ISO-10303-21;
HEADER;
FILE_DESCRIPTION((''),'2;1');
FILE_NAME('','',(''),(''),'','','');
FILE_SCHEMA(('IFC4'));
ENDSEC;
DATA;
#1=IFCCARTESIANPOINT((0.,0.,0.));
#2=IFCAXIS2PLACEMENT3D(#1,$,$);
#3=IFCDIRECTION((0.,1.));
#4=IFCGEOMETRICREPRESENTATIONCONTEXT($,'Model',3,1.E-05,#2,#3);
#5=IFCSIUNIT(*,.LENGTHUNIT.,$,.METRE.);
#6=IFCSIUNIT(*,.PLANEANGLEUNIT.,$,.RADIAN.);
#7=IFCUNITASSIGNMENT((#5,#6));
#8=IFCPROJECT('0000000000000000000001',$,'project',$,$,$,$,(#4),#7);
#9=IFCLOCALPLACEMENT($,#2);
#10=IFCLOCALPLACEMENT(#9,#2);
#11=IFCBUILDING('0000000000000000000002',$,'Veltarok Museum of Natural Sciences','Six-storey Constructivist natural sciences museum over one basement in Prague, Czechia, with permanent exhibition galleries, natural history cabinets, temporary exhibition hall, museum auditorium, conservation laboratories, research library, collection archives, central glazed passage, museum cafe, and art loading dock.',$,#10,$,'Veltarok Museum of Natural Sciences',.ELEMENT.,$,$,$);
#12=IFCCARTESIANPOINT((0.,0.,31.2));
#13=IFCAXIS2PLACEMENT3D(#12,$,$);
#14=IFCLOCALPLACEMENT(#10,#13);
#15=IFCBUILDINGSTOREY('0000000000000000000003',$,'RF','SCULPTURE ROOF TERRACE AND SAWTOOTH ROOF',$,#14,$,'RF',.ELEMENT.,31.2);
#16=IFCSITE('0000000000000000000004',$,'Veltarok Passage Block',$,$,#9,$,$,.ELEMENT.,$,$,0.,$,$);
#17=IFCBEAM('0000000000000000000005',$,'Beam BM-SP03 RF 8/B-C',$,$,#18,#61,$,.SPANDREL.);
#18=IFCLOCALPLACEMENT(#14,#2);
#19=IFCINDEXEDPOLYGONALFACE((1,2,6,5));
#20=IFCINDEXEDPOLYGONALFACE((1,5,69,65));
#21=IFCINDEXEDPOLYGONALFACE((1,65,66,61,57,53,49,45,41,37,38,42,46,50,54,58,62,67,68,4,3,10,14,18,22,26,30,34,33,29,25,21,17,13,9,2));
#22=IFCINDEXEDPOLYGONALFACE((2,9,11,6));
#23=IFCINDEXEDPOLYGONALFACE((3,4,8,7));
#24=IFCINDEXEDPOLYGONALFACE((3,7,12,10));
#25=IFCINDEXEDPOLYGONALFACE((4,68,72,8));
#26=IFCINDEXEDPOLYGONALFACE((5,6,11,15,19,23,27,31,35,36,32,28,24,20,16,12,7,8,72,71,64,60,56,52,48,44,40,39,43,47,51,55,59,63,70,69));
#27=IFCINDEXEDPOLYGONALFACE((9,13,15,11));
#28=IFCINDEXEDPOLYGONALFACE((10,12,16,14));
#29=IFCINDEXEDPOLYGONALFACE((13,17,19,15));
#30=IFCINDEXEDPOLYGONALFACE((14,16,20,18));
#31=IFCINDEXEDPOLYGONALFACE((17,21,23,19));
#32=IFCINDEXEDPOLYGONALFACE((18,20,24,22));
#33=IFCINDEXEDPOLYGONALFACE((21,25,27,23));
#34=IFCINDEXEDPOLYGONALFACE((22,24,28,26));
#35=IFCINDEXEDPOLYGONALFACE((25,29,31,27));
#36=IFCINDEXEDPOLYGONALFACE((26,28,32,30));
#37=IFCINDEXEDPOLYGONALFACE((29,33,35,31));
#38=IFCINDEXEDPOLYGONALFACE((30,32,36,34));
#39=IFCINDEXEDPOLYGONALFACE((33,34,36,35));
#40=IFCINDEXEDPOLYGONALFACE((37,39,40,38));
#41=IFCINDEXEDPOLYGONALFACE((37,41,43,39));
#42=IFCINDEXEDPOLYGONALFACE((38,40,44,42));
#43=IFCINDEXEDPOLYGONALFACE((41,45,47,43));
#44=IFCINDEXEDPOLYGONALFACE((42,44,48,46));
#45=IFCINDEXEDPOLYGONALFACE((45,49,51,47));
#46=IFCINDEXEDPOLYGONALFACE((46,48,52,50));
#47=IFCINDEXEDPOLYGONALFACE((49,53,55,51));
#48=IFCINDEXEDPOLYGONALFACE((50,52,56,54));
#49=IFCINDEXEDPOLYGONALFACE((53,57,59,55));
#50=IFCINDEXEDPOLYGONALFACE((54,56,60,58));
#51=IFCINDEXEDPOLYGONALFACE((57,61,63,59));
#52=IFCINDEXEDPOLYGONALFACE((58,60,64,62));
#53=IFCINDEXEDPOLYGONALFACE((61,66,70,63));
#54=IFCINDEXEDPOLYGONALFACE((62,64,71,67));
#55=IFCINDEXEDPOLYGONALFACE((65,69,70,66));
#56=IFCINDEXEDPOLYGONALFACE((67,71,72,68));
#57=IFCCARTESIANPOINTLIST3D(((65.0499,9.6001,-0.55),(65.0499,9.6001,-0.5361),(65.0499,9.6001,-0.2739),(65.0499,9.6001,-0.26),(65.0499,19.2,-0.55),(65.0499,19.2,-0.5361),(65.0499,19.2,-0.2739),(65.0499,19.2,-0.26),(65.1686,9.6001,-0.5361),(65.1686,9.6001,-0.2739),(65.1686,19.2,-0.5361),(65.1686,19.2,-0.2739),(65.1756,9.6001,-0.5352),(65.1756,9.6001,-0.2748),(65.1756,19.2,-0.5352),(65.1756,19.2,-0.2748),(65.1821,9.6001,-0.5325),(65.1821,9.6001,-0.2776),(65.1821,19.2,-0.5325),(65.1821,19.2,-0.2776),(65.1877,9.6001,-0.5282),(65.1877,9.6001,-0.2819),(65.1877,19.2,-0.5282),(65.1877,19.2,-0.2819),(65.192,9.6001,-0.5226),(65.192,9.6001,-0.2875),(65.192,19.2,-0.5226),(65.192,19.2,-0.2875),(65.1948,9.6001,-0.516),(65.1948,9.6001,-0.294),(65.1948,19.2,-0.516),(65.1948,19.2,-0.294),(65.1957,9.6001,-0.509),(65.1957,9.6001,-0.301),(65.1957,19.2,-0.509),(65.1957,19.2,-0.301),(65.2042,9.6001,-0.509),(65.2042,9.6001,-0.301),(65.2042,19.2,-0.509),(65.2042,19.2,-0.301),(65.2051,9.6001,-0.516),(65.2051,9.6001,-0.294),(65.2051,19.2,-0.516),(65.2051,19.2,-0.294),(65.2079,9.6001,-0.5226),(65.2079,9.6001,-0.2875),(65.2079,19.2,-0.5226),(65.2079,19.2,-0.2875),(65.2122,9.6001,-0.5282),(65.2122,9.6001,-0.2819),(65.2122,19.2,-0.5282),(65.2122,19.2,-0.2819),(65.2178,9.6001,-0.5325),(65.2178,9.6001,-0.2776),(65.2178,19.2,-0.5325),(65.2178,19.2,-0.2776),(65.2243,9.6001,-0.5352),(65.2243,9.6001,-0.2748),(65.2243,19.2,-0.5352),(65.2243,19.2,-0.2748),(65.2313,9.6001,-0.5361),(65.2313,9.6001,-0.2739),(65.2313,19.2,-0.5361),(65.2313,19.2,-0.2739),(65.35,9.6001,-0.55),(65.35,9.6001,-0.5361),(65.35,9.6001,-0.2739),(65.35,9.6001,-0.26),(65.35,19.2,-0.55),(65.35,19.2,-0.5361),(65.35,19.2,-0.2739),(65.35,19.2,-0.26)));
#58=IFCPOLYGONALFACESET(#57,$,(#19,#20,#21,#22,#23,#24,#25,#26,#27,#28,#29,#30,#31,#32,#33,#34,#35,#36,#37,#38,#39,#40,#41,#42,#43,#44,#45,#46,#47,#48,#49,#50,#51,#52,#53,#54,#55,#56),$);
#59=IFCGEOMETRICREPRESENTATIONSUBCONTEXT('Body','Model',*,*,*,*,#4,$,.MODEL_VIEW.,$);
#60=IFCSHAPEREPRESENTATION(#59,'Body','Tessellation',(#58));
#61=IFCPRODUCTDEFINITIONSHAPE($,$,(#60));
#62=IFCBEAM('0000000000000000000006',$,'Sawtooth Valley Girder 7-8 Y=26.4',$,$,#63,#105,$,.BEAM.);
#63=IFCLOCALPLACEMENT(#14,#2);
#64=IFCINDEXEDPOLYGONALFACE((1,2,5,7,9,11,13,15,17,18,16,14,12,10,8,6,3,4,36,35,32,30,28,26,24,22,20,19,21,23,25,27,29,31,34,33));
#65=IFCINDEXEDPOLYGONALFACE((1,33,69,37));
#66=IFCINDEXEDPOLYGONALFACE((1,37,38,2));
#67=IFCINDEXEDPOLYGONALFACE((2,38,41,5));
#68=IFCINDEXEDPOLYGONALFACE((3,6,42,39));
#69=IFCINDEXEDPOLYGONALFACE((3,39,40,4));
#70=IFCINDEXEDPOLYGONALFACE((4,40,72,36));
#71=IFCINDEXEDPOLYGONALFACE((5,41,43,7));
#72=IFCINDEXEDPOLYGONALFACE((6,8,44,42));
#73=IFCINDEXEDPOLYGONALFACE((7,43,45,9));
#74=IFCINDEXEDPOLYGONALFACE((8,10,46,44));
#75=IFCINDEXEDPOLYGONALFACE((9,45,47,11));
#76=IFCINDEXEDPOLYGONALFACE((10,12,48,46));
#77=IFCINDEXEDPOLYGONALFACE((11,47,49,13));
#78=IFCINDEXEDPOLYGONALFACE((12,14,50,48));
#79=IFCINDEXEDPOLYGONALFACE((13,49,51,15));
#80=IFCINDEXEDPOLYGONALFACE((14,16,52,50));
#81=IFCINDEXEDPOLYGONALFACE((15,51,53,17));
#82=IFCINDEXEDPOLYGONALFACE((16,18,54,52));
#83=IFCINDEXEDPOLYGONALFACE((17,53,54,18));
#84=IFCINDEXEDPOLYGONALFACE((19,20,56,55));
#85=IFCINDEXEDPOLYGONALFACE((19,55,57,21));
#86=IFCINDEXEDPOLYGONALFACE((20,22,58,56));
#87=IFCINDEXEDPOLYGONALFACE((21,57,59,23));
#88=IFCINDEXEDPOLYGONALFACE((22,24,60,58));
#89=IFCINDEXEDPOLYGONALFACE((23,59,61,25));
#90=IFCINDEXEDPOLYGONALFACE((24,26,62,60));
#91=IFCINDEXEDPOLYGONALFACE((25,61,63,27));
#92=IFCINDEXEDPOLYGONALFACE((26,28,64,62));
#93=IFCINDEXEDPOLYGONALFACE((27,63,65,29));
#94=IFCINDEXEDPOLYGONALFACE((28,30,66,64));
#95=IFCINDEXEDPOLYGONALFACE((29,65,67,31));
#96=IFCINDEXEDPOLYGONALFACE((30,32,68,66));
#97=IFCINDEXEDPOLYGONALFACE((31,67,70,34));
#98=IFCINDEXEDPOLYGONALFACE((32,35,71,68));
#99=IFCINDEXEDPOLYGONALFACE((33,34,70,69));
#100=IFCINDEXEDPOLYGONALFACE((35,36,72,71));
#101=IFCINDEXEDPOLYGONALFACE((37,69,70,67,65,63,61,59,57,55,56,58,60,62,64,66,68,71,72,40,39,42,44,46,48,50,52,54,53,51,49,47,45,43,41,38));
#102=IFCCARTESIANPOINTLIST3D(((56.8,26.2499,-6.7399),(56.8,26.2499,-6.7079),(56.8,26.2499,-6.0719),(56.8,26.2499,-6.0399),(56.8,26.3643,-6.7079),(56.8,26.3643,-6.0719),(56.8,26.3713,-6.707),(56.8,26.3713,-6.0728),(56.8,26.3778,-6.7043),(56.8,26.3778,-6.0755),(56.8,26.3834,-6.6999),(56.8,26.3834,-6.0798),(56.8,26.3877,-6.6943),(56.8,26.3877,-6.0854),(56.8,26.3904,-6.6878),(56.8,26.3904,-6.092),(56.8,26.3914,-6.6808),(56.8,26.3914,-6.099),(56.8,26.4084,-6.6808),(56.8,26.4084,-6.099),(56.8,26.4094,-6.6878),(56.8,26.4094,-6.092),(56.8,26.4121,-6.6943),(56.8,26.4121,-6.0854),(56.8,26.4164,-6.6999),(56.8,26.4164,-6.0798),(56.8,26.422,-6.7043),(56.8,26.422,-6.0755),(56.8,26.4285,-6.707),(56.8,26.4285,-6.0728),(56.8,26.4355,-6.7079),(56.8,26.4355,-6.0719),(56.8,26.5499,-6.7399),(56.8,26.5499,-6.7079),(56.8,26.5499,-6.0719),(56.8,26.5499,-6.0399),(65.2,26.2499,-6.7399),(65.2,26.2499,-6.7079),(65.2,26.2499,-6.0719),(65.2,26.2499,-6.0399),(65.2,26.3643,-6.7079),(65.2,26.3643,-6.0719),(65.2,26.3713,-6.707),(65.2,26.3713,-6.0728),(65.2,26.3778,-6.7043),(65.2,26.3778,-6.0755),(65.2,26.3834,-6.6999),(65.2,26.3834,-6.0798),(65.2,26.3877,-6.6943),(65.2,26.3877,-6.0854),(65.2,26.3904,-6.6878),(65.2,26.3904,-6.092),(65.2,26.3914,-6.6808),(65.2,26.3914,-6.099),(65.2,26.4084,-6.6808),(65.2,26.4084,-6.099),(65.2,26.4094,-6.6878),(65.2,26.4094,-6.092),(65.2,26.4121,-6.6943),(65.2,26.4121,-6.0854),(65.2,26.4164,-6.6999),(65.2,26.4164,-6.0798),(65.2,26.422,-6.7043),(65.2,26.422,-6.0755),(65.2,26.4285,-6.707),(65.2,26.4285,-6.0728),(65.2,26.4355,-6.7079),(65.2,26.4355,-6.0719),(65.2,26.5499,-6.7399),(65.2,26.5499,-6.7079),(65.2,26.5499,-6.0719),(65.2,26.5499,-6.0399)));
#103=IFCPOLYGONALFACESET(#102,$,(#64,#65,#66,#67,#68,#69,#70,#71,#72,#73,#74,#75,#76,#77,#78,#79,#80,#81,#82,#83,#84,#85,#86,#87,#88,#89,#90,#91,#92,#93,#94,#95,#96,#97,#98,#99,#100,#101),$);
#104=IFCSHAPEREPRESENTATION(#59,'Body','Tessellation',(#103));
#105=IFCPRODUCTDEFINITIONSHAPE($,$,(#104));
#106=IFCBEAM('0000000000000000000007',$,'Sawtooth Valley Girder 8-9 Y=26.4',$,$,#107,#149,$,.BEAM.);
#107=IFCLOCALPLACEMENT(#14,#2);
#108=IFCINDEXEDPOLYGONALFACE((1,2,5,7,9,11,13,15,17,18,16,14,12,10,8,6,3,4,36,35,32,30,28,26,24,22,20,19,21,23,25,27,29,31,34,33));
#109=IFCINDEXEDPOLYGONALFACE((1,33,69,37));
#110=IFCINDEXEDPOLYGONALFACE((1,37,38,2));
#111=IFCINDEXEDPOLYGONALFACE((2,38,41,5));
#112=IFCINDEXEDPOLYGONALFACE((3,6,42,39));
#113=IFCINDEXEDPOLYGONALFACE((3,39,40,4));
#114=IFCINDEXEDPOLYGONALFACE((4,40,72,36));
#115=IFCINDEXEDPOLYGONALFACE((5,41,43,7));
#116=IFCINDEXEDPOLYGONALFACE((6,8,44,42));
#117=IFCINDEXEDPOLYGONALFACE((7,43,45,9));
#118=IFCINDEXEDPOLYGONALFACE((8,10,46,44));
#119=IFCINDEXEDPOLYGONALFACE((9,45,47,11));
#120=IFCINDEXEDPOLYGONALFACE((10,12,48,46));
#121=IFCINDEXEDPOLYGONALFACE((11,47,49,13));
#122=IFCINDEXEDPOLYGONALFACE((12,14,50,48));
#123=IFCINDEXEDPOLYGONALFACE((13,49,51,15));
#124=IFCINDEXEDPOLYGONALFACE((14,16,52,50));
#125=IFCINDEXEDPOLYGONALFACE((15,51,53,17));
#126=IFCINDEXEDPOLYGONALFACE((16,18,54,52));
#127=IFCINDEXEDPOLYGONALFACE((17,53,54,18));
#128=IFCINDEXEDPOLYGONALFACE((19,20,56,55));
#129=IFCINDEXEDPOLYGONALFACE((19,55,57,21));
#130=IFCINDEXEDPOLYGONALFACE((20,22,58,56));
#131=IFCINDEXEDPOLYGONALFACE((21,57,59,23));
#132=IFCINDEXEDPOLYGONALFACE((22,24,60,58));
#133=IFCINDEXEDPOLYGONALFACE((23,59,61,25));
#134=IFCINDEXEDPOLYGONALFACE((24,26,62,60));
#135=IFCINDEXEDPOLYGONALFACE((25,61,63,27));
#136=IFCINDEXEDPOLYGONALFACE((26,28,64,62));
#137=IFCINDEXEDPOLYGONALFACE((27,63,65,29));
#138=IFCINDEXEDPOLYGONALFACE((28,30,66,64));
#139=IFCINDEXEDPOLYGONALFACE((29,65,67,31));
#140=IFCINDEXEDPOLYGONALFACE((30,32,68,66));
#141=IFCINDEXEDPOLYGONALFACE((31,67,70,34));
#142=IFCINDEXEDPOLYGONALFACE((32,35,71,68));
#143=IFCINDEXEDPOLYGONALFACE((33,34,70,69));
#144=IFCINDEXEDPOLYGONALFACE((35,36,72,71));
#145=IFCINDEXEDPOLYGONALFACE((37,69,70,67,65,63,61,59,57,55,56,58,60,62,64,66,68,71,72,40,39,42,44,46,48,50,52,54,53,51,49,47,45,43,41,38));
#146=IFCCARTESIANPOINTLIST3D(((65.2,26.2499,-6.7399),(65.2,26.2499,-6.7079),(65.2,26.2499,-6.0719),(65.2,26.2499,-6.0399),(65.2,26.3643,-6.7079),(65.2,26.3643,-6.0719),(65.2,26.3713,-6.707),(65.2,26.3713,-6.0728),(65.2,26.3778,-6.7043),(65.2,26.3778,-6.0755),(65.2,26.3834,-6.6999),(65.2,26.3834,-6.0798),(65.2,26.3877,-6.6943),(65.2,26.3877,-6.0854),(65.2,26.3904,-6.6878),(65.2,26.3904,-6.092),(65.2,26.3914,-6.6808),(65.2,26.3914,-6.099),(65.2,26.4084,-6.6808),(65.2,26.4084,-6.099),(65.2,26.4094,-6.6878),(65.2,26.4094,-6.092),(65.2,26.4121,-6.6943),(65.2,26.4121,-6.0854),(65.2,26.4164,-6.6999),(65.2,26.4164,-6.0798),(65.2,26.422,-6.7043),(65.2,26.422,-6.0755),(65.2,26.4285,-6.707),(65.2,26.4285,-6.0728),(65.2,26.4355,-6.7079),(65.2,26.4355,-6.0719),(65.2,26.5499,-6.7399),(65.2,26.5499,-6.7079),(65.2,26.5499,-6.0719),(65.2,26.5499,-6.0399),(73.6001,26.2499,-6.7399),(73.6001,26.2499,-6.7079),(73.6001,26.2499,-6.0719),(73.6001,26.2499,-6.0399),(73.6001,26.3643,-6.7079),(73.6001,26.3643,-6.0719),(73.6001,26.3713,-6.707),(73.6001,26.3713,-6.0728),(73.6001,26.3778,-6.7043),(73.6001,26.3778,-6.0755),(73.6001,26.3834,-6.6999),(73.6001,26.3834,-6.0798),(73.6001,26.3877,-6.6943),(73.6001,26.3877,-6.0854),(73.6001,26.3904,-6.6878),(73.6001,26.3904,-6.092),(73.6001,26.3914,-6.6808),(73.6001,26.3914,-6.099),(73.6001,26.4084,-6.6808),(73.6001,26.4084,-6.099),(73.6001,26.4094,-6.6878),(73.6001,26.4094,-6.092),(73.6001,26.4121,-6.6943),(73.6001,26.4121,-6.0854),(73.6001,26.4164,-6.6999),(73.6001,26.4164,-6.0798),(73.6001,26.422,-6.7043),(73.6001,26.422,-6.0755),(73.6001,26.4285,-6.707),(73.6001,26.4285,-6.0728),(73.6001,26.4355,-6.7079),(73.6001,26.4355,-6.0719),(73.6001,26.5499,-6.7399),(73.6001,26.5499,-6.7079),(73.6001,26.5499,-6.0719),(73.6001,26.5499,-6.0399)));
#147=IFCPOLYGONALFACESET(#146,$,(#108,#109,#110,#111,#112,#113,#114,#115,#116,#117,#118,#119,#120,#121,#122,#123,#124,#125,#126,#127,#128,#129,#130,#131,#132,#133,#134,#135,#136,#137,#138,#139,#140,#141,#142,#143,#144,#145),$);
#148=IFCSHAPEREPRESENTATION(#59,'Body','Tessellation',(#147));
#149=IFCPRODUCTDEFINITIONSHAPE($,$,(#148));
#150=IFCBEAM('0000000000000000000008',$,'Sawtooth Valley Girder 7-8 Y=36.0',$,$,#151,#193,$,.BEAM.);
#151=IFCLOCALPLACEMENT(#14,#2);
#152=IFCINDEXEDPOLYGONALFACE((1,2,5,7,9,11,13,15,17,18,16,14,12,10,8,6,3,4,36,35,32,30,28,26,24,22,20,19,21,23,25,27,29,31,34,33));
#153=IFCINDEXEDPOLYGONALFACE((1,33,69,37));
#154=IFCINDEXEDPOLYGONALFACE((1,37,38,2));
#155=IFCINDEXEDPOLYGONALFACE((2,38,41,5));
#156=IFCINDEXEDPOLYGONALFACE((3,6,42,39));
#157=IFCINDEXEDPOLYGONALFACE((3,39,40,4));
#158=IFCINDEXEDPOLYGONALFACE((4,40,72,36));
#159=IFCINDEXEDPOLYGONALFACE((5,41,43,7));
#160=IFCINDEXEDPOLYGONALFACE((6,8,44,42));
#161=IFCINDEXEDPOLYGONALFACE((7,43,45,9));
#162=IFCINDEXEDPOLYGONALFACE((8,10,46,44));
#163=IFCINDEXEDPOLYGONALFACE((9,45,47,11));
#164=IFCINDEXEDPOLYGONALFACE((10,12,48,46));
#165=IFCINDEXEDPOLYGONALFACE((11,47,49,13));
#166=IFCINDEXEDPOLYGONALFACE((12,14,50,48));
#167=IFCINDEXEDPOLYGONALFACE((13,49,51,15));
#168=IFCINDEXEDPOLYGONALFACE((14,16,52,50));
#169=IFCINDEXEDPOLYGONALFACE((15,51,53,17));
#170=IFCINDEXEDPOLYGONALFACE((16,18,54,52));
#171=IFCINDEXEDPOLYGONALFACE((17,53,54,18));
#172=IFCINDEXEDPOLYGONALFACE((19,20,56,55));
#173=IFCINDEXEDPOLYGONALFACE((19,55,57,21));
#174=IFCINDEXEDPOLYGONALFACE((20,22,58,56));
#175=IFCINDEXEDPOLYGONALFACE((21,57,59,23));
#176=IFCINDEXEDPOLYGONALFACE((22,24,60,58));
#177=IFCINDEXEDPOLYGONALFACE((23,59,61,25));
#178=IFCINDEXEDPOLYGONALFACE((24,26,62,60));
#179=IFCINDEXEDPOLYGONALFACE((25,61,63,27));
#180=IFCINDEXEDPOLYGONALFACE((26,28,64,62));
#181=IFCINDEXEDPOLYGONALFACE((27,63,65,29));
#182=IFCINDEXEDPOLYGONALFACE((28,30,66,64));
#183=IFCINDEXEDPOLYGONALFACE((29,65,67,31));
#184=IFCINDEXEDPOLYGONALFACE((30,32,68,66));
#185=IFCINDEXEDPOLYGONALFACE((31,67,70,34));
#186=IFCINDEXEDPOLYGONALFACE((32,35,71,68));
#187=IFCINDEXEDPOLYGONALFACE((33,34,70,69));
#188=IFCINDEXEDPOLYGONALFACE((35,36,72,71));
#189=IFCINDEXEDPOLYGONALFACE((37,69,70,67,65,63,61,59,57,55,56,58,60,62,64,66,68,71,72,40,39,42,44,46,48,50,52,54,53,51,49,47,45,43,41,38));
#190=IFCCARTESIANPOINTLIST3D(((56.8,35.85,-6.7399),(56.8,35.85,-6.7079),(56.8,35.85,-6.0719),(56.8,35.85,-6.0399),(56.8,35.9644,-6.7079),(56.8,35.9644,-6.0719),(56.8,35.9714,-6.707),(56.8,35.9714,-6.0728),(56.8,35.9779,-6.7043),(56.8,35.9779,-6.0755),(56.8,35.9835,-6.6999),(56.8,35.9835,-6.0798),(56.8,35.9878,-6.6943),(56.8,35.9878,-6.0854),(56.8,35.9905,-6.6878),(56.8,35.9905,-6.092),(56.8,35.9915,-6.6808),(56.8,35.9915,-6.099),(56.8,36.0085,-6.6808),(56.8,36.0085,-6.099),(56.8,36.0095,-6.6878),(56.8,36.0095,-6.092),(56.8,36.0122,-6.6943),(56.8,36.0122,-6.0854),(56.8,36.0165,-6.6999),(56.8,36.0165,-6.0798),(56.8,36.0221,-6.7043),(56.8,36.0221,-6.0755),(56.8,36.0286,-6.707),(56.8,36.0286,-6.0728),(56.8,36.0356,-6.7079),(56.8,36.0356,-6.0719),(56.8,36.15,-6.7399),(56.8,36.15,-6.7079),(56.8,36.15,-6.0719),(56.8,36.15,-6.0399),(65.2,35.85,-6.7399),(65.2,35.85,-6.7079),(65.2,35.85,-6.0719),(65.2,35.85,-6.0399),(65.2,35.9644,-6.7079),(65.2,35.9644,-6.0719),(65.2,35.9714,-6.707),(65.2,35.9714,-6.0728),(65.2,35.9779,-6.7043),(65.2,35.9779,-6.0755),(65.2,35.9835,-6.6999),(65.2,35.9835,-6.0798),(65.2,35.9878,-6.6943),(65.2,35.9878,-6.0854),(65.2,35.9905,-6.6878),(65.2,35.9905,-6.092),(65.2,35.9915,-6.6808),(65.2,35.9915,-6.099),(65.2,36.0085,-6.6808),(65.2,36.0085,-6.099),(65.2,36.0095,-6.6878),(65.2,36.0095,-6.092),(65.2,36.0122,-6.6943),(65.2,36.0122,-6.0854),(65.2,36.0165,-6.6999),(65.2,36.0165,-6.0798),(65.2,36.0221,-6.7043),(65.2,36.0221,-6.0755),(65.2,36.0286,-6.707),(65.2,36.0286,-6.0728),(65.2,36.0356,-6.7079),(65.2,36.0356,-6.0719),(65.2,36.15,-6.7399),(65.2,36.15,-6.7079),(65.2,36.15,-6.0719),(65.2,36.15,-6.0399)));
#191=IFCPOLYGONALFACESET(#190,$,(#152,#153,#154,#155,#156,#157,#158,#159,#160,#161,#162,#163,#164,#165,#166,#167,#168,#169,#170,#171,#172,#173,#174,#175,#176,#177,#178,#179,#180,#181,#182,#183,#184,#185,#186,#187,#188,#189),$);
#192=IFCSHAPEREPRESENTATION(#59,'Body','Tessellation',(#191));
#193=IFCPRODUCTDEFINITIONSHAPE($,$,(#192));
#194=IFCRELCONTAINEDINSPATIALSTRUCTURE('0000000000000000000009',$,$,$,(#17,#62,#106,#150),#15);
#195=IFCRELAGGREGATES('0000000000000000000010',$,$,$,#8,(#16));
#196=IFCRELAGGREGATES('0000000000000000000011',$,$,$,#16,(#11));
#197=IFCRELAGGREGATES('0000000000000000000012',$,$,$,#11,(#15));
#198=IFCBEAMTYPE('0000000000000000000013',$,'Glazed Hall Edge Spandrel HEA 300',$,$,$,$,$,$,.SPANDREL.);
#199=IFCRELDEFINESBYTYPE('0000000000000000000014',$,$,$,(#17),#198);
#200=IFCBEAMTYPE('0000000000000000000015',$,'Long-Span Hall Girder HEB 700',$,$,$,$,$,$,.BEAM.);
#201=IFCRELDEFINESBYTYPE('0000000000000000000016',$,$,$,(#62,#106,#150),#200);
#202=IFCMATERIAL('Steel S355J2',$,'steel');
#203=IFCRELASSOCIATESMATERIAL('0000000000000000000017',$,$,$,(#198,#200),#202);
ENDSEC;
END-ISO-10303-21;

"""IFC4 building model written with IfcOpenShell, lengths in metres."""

from ifc_helpers import new_model, si_unit, direction, frame, origin, origin_2d, place, context, subcontext, project, spatial, i_section, extrude, material, material_profile, profile_set, type_object, element, save


model = new_model("IFC4")

# Units and contexts
model_context = context("Model", 3, precision=1e-05, world=origin(), true_north=direction((0.0, 1.0)))
body_context = subcontext(model_context, "Body", "Model", "MODEL_VIEW")
ifc_project = project(units=[si_unit("LENGTHUNIT", "METRE"), si_unit("PLANEANGLEUNIT", "RADIAN")], contexts=[model_context])

# Site, building, storey
site_placement = place(None, origin())
site = spatial("IfcSite", under=ifc_project, at=site_placement, Name="Veltarok Passage Block", CompositionType="ELEMENT", RefElevation=0.0)
building_placement = place(site_placement, origin())
building = spatial("IfcBuilding", under=site, at=building_placement, Name="Veltarok Museum of Natural Sciences", Description="Six-storey Constructivist natural sciences museum over one basement in Prague, Czechia, with permanent exhibition galleries, natural history cabinets, temporary exhibition hall, museum auditorium, conservation laboratories, research library, collection archives, central glazed passage, museum cafe, and art loading dock.", LongName="Veltarok Museum of Natural Sciences", CompositionType="ELEMENT")
storey_placement = place(building_placement, frame((0.0, 0.0, 31.2)))
storey = spatial("IfcBuildingStorey", under=building, at=storey_placement, Name="RF", Description="SCULPTURE ROOF TERRACE AND SAWTOOTH ROOF", LongName="RF", CompositionType="ELEMENT", Elevation=31.2)

# Beams
ifc_material_1 = material(Name="Steel S355J2", Category="steel")
ifc_material_profile_1 = material_profile(ifc_material_1, i_section(OverallWidth=0.3, OverallDepth=0.29, WebThickness=0.0085, FlangeThickness=0.0139, FilletRadius=0.0271, at=origin_2d()), Name="HEA 300")
ifc_profile_set_1 = profile_set([ifc_material_profile_1], Name="Steel S355J2")
beam_type_1 = type_object("IfcBeamType", Name="Glazed Hall Edge Spandrel HEA 300", PredefinedType="SPANDREL", material=ifc_profile_set_1)
beam_1_placement = place(storey_placement, frame((65.2, 9.6001, -0.405), z_axis=(0.0, 1.0, 0.0), x_axis=(-1.0, 0.0, 0.0)))
element("IfcBeam", 1, at=beam_1_placement, inside=storey, type_object=beam_type_1, Name="Beam BM-SP03 RF 8/B-C", PredefinedType="SPANDREL", context=body_context, shape_type="SweptSolid", body=[
    extrude(i_section(OverallWidth=0.3, OverallDepth=0.29, WebThickness=0.0085, FlangeThickness=0.0139, FilletRadius=0.0271, at=origin_2d()), origin(), (0.0, 0.0, 1.0), 9.5999),
])
ifc_material_profile_2 = material_profile(ifc_material_1, i_section(OverallWidth=0.3, OverallDepth=0.7, WebThickness=0.0171, FlangeThickness=0.032, FilletRadius=0.0271, at=origin_2d()), Name="HEB 700")
ifc_profile_set_2 = profile_set([ifc_material_profile_2], Name="Steel S355J2")
beam_type_2 = type_object("IfcBeamType", Name="Long-Span Hall Girder HEB 700", PredefinedType="BEAM", material=ifc_profile_set_2)
beam_2_placement = place(storey_placement, frame((56.8, 26.3999, -6.3899), z_axis=(1.0, 0.0, 0.0), x_axis=(0.0, 1.0, 0.0)))
element("IfcBeam", 2, at=beam_2_placement, inside=storey, type_object=beam_type_2, Name="Sawtooth Valley Girder 7-8 Y=26.4", PredefinedType="BEAM", context=body_context, shape_type="SweptSolid", body=[
    extrude(i_section(OverallWidth=0.3, OverallDepth=0.7, WebThickness=0.0171, FlangeThickness=0.032, FilletRadius=0.0271, at=origin_2d()), origin(), (0.0, 0.0, 1.0), 8.3999),
])
beam_3_placement = place(storey_placement, frame((65.2, 26.3999, -6.3899), z_axis=(1.0, 0.0, 0.0), x_axis=(0.0, 1.0, 0.0)))
element("IfcBeam", 3, at=beam_3_placement, inside=storey, type_object=beam_type_2, Name="Sawtooth Valley Girder 8-9 Y=26.4", PredefinedType="BEAM", context=body_context, shape_type="SweptSolid", body=[
    extrude(i_section(OverallWidth=0.3, OverallDepth=0.7, WebThickness=0.0171, FlangeThickness=0.032, FilletRadius=0.0271, at=origin_2d()), origin(), (0.0, 0.0, 1.0), 8.4001),
])
beam_4_placement = place(storey_placement, frame((56.8, 36.0, -6.3899), z_axis=(1.0, 0.0, 0.0), x_axis=(0.0, 1.0, 0.0)))
element("IfcBeam", 4, at=beam_4_placement, inside=storey, type_object=beam_type_2, Name="Sawtooth Valley Girder 7-8 Y=36.0", PredefinedType="BEAM", context=body_context, shape_type="SweptSolid", body=[
    extrude(i_section(OverallWidth=0.3, OverallDepth=0.7, WebThickness=0.0171, FlangeThickness=0.032, FilletRadius=0.0271, at=origin_2d()), origin(), (0.0, 0.0, 1.0), 8.3999),
])

save(model, "model.ifc")
